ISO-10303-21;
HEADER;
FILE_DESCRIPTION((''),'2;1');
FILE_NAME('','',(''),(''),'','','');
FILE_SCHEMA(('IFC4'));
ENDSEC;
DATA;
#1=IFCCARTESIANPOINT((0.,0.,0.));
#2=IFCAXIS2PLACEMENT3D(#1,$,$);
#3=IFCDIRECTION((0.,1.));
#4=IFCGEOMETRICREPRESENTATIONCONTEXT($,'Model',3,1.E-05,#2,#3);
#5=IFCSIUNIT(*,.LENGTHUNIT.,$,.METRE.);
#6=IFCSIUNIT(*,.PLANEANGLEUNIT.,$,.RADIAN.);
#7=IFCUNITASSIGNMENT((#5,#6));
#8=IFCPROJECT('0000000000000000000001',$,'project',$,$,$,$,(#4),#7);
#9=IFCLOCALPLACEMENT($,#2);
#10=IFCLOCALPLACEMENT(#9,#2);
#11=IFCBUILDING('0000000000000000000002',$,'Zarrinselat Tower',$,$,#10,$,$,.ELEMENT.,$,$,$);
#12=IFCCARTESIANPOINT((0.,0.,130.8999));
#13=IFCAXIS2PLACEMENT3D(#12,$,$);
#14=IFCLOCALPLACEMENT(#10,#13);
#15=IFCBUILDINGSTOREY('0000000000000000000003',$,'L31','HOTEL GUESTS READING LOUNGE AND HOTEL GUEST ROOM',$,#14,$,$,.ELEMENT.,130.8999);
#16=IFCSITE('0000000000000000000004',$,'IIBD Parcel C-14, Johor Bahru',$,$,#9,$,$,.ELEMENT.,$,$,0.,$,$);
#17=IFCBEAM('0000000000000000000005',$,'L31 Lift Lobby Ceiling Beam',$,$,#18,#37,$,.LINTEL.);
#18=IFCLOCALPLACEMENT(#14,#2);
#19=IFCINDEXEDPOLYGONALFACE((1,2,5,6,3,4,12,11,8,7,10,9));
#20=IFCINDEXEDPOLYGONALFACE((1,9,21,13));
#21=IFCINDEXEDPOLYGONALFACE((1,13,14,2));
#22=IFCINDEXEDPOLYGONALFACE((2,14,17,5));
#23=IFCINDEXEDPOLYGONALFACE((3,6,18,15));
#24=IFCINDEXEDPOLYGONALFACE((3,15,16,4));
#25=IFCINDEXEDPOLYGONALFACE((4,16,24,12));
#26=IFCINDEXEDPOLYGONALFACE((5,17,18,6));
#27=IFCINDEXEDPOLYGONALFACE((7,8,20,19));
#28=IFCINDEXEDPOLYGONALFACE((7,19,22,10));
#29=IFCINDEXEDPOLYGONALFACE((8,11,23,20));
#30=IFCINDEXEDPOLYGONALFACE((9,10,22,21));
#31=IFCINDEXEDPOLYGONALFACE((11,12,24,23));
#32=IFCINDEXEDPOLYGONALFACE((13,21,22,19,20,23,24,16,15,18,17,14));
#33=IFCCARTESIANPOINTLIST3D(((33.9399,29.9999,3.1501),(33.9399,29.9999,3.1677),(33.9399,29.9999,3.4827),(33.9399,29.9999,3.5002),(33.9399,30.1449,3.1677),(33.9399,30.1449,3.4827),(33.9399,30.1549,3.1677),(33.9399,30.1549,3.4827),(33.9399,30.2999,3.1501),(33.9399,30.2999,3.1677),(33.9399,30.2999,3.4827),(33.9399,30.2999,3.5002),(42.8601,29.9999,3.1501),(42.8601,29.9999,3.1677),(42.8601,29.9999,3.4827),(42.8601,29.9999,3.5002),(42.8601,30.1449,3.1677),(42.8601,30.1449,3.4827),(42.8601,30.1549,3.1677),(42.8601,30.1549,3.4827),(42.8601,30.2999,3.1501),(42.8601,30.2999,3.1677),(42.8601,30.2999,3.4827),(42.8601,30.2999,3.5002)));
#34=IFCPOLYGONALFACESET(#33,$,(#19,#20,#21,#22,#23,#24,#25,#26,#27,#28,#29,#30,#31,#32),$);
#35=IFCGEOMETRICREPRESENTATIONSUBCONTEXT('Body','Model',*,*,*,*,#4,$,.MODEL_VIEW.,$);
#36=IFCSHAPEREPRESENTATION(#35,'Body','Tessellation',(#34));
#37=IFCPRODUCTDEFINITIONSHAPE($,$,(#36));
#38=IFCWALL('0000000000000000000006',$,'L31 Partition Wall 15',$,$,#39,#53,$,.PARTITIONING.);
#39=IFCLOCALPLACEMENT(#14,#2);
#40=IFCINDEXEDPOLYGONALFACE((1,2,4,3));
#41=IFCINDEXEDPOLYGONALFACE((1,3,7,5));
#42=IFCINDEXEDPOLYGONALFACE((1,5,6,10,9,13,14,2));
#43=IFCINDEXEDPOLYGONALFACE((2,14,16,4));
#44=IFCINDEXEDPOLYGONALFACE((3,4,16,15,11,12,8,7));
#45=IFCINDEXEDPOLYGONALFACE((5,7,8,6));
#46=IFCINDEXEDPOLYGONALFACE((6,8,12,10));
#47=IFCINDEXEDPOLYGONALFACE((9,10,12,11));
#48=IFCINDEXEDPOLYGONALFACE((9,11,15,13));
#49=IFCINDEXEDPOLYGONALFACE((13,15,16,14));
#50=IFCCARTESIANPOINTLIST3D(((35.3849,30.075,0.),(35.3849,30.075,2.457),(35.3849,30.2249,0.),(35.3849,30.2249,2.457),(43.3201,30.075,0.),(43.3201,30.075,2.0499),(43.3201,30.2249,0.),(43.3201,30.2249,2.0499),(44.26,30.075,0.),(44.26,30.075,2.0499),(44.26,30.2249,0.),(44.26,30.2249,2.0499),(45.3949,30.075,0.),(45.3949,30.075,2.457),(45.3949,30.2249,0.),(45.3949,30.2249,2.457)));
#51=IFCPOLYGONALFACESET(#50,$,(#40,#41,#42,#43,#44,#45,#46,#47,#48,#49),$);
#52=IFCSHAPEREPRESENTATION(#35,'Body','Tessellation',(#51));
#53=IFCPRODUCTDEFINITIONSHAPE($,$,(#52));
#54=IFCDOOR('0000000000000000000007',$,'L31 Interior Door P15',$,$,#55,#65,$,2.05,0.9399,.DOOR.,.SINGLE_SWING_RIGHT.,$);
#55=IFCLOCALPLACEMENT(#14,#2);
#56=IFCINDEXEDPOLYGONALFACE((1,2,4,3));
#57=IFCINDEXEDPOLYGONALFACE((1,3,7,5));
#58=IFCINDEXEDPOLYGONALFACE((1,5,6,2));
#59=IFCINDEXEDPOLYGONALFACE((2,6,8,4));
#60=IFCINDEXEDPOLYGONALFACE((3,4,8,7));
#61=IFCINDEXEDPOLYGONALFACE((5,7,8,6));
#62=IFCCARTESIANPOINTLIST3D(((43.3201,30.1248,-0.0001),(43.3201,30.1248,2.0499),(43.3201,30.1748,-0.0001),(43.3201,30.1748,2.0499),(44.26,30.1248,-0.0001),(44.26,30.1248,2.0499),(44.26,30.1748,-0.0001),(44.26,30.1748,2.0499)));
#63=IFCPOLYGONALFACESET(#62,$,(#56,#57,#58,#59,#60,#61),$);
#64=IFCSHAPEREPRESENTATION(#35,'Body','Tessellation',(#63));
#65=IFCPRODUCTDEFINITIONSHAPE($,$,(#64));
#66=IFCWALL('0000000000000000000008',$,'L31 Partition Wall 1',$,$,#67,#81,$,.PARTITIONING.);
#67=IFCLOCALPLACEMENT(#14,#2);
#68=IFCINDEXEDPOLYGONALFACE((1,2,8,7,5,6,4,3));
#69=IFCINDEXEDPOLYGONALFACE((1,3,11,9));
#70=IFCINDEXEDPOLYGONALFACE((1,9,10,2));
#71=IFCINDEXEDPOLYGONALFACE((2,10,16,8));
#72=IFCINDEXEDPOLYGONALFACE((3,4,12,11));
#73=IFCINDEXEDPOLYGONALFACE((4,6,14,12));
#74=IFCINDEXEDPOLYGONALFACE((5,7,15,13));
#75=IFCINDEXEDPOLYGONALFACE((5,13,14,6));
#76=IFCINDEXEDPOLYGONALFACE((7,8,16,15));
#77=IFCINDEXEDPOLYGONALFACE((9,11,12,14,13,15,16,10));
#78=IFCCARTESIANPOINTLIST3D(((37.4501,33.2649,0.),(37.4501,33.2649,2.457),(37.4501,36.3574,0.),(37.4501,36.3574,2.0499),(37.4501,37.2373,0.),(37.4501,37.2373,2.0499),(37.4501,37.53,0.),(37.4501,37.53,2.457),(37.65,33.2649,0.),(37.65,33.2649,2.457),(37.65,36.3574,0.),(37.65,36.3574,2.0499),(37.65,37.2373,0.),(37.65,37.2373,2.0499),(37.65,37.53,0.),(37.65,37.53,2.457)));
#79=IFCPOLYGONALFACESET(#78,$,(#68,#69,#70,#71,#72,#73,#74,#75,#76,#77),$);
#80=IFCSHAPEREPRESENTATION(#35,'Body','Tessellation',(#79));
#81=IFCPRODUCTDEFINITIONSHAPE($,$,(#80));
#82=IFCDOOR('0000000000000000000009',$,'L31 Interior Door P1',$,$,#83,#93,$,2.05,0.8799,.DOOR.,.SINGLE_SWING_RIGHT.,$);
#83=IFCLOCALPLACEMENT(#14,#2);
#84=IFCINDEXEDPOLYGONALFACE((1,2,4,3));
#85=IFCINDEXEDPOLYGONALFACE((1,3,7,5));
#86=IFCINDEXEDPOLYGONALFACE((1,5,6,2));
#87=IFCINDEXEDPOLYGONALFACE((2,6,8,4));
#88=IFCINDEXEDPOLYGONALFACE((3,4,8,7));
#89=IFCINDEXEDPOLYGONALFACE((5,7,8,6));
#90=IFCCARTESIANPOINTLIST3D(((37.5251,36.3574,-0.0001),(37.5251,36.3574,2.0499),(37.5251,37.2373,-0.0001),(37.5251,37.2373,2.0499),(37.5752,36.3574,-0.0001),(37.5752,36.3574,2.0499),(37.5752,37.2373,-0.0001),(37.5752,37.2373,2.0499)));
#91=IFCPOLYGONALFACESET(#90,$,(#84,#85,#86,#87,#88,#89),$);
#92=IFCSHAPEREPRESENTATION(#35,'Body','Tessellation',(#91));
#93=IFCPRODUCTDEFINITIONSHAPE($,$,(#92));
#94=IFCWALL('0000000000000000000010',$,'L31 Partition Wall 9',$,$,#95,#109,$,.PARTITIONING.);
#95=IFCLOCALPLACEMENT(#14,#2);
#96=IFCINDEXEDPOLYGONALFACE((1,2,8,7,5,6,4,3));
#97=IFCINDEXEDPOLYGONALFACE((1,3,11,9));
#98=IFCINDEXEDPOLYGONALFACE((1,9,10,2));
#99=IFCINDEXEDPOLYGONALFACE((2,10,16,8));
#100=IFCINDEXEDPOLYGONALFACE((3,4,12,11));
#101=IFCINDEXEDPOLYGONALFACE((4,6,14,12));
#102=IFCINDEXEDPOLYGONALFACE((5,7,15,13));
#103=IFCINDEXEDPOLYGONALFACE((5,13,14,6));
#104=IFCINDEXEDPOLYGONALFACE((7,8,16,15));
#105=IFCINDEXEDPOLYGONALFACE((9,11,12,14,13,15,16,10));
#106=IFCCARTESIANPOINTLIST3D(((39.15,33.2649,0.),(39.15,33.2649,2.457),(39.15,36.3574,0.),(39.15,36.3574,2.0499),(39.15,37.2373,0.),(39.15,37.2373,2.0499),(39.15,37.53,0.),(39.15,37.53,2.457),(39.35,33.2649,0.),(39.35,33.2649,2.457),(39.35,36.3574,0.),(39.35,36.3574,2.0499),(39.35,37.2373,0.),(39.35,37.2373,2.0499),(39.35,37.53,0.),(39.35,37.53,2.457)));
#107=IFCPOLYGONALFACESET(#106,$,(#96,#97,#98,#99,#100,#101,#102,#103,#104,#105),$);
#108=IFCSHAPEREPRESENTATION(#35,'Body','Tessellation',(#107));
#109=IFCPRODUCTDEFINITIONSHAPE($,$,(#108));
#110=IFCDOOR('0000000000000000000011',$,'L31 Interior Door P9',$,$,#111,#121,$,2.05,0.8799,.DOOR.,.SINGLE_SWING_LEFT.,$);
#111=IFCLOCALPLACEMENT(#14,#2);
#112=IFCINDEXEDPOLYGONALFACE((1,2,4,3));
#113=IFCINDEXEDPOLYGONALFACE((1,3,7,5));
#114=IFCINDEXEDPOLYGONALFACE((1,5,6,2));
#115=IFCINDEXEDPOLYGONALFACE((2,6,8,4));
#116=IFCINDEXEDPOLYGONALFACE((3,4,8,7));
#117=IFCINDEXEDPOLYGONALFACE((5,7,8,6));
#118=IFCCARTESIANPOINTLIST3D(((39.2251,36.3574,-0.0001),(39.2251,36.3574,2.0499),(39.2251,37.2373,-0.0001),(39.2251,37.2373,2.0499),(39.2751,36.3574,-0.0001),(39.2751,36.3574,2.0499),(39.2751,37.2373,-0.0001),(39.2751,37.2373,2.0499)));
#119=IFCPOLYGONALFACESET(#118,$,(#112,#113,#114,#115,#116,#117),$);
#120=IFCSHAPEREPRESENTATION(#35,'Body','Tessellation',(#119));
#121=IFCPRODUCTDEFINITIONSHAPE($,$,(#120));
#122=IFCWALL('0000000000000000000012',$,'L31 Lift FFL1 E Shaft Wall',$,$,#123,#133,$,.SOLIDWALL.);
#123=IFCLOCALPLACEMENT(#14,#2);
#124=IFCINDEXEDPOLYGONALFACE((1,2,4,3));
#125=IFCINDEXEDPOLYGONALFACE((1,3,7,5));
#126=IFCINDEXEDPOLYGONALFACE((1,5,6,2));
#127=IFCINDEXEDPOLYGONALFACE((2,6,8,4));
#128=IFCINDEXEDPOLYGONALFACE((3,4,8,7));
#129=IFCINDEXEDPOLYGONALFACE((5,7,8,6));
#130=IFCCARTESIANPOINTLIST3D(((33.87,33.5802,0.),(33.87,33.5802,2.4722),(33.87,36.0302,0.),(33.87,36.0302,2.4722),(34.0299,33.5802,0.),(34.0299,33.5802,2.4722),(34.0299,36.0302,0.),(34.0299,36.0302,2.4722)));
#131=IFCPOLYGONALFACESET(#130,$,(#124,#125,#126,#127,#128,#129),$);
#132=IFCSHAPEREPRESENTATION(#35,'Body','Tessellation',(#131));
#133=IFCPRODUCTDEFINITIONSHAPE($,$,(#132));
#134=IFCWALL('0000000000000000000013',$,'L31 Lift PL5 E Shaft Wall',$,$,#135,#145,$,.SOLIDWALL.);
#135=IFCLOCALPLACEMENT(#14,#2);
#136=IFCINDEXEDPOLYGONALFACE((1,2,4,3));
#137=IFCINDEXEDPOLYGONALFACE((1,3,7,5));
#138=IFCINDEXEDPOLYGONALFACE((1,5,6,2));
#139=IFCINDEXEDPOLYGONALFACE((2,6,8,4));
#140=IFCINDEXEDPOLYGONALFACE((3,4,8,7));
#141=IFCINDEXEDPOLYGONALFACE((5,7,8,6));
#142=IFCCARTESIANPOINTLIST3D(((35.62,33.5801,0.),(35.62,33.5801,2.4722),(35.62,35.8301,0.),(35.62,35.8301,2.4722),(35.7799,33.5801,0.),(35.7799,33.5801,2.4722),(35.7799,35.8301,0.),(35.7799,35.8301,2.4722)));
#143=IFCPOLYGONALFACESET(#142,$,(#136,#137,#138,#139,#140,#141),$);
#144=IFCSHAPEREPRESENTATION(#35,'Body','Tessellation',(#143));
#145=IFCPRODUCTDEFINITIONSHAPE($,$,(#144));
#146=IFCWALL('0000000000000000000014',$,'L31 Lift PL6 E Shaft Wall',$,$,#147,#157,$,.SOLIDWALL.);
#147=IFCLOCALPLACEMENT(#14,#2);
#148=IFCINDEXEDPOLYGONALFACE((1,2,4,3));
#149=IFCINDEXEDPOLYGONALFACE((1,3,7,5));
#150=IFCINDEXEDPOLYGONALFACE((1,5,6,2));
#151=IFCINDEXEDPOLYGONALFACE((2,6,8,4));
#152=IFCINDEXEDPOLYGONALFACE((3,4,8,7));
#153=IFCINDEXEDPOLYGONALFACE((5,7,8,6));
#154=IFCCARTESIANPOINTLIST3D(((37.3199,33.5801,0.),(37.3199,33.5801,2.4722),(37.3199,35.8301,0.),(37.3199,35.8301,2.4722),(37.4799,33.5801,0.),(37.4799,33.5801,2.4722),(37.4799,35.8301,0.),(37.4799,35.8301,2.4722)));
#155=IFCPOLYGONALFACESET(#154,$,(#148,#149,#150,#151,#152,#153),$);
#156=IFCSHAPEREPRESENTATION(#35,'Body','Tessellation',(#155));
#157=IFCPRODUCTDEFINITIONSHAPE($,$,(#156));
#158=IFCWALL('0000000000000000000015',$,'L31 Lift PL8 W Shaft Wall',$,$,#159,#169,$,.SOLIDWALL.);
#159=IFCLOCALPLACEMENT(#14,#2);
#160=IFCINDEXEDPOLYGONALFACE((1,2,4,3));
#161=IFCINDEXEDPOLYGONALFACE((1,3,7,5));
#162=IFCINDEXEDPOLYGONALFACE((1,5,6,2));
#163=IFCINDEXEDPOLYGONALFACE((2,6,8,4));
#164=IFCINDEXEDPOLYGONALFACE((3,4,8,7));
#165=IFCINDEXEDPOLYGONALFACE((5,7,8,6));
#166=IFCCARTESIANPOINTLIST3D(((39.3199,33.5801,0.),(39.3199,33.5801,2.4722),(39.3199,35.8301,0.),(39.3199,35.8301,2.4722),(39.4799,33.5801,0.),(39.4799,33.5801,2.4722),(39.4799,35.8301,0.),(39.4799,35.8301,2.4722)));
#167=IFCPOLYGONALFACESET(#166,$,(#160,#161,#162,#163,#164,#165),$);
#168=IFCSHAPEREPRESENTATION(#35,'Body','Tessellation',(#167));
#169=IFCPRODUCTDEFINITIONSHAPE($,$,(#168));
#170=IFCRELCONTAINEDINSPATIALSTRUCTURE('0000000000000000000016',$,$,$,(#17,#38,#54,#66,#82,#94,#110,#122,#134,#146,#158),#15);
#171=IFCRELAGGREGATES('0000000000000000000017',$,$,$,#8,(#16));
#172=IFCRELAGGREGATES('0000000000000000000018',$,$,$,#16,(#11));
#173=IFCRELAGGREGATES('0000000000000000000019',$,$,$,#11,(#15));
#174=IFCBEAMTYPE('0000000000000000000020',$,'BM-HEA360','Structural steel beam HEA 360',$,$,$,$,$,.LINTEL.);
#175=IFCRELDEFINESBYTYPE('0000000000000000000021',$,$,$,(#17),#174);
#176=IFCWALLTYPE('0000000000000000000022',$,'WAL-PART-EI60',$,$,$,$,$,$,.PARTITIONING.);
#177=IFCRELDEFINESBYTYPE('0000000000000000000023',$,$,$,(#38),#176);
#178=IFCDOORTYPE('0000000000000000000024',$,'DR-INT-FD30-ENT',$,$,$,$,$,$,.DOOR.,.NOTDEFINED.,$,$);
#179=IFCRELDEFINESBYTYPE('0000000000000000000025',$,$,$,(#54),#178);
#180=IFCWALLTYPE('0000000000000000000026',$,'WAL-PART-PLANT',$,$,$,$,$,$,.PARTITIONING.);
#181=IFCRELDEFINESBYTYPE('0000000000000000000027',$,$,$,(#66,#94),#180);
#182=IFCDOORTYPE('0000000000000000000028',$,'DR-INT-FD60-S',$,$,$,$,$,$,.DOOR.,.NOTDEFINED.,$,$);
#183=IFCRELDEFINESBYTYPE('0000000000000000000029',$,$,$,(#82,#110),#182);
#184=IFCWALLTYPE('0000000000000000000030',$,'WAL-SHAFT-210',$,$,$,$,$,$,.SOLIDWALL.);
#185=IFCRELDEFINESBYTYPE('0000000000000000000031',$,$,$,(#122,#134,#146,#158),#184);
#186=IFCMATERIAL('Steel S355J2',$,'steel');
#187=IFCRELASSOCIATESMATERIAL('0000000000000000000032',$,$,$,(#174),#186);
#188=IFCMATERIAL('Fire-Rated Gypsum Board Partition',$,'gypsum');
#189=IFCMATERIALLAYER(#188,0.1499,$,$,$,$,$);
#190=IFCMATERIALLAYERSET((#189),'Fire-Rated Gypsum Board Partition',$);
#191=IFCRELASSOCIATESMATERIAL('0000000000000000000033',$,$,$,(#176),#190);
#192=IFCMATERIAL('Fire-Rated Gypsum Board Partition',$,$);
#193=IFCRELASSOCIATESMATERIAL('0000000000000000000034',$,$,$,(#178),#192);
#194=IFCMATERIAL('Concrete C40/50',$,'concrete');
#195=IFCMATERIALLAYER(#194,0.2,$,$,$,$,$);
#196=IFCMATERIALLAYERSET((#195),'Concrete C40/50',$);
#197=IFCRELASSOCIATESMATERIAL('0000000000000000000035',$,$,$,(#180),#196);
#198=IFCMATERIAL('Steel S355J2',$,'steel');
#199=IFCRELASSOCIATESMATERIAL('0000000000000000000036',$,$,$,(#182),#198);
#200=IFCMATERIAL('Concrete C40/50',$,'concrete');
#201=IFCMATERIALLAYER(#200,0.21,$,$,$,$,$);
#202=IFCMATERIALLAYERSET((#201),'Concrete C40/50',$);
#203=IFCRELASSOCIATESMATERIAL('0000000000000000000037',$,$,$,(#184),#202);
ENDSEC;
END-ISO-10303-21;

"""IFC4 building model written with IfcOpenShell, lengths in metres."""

from ifc_helpers import new_model, si_unit, direction, frame, frame_2d, origin, origin_2d, place, context, subcontext, project, spatial, rectangle, i_section, extrude, material, layer, layer_set, material_profile, profile_set, type_object, element, fill, save


model = new_model("IFC4")

# Units and contexts
model_context = context("Model", 3, precision=1e-05, world=origin(), true_north=direction((0.0, 1.0)))
body_context = subcontext(model_context, "Body", "Model", "MODEL_VIEW")
ifc_project = project(units=[si_unit("LENGTHUNIT", "METRE"), si_unit("PLANEANGLEUNIT", "RADIAN")], contexts=[model_context])

# Site, building, storey
site_placement = place(None, origin())
site = spatial("IfcSite", under=ifc_project, at=site_placement, Name="IIBD Parcel C-14, Johor Bahru", CompositionType="ELEMENT", RefElevation=0.0)
building_placement = place(site_placement, origin())
building = spatial("IfcBuilding", under=site, at=building_placement, Name="Zarrinselat Tower", CompositionType="ELEMENT")
storey_placement = place(building_placement, frame((0.0, 0.0, 130.8999)))
storey = spatial("IfcBuildingStorey", under=building, at=storey_placement, Name="L31", Description="HOTEL GUESTS READING LOUNGE AND HOTEL GUEST ROOM", CompositionType="ELEMENT", Elevation=130.8999)

# Beam
ifc_material_1 = material(Name="Steel S355J2", Category="steel")
ifc_material_profile = material_profile(ifc_material_1, i_section(OverallWidth=0.3, OverallDepth=0.3501, WebThickness=0.01, FlangeThickness=0.0176, at=origin_2d()), Name="HEA 360")
ifc_profile_set = profile_set([ifc_material_profile], Name="Steel S355J2")
beam_type = type_object("IfcBeamType", Name="BM-HEA360", Description="Structural steel beam HEA 360", PredefinedType="LINTEL", material=ifc_profile_set)
beam_placement = place(storey_placement, frame((33.9399, 30.1499, 3.3252), z_axis=(1.0, 0.0, 0.0), x_axis=(0.0, 1.0, 0.0)))
element("IfcBeam", 1, at=beam_placement, inside=storey, type_object=beam_type, Name="L31 Lift Lobby Ceiling Beam", PredefinedType="LINTEL", context=body_context, shape_type="SweptSolid", body=[
    extrude(i_section(OverallWidth=0.3, OverallDepth=0.3501, WebThickness=0.01, FlangeThickness=0.0176, at=origin_2d()), origin(), (0.0, 0.0, 1.0), 8.9202),
])

# Walls, openings, doors
ifc_material_2 = material(Name="Fire-Rated Gypsum Board Partition", Category="gypsum")
ifc_layer_1 = layer(ifc_material_2, 0.1499)
ifc_layer_set_1 = layer_set([ifc_layer_1], Name="Fire-Rated Gypsum Board Partition")
wall_type_1 = type_object("IfcWallType", Name="WAL-PART-EI60", PredefinedType="PARTITIONING", material=ifc_layer_set_1)
wall_1_placement = place(storey_placement, frame((35.385, 30.1499, 0.0), z_axis=(0.0, 0.0, 1.0), x_axis=(1.0, 0.0, 0.0)))
wall_1 = element("IfcWall", 2, at=wall_1_placement, inside=storey, type_object=wall_type_1, Name="L31 Partition Wall 15", PredefinedType="PARTITIONING", context=body_context, shape_type="SweptSolid", body=[
    extrude(rectangle(XDim=10.01, YDim=0.1499, at=frame_2d((5.0049, 0.0))), origin(), (0.0, 0.0, 1.0), 2.457),
])
opening_1_placement = place(wall_1_placement, frame((7.9351, 0.0, 0.0)))
opening_1 = element("IfcOpeningElement", 3, at=opening_1_placement, cuts=wall_1, PredefinedType="OPENING", context=body_context, shape_type="SweptSolid", body=[
    extrude(rectangle(XDim=0.9399, YDim=2.05, at=frame_2d((0.47, 1.0249))), frame((0.0, 0.085, 0.0), z_axis=(0.0, -1.0, 0.0), x_axis=(1.0, 0.0, 0.0)), (0.0, 0.0, 1.0), 0.1699),
])
ifc_material_3 = material(Name="Fire-Rated Gypsum Board Partition")
door_type_1 = type_object("IfcDoorType", Name="DR-INT-FD30-ENT", OperationType="NOTDEFINED", PredefinedType="DOOR", material=ifc_material_3)
door_1_placement = place(opening_1_placement, origin())
door_1 = element("IfcDoor", 4, at=door_1_placement, inside=storey, type_object=door_type_1, Name="L31 Interior Door P15", OperationType="SINGLE_SWING_RIGHT", OverallHeight=2.05, OverallWidth=0.9399, PredefinedType="DOOR", context=body_context, shape_type="SweptSolid", body=[
    extrude(rectangle(XDim=0.9399, YDim=2.05, at=frame_2d((0.47, 1.0249))), frame((0.0, 0.0249, 0.0), z_axis=(0.0, -1.0, 0.0), x_axis=(1.0, 0.0, 0.0)), (0.0, 0.0, 1.0), 0.05),
])
fill(opening_1, door_1)
ifc_material_4 = material(Name="Concrete C40/50", Category="concrete")
ifc_layer_2 = layer(ifc_material_4, 0.2)
ifc_layer_set_2 = layer_set([ifc_layer_2], Name="Concrete C40/50")
wall_type_2 = type_object("IfcWallType", Name="WAL-PART-PLANT", PredefinedType="PARTITIONING", material=ifc_layer_set_2)
wall_2_placement = place(storey_placement, frame((37.55, 33.2649, 0.0), z_axis=(0.0, 0.0, 1.0), x_axis=(0.0, 1.0, 0.0)))
wall_2 = element("IfcWall", 5, at=wall_2_placement, inside=storey, type_object=wall_type_2, Name="L31 Partition Wall 1", PredefinedType="PARTITIONING", context=body_context, shape_type="SweptSolid", body=[
    extrude(rectangle(XDim=4.2651, YDim=0.2, at=frame_2d((2.1326, 0.0))), origin(), (0.0, 0.0, 1.0), 2.457),
])
opening_2_placement = place(wall_2_placement, frame((3.0925, 0.0, 0.0)))
opening_2 = element("IfcOpeningElement", 6, at=opening_2_placement, cuts=wall_2, PredefinedType="OPENING", context=body_context, shape_type="SweptSolid", body=[
    extrude(rectangle(XDim=0.8799, YDim=2.05, at=frame_2d((0.4399, 1.0249))), frame((0.0, 0.1099, 0.0), z_axis=(0.0, -1.0, 0.0), x_axis=(1.0, 0.0, 0.0)), (0.0, 0.0, 1.0), 0.22),
])
ifc_material_5 = material(Name="Steel S355J2", Category="steel")
door_type_2 = type_object("IfcDoorType", Name="DR-INT-FD60-S", OperationType="NOTDEFINED", PredefinedType="DOOR", material=ifc_material_5)
door_2_placement = place(opening_2_placement, origin())
door_2 = element("IfcDoor", 7, at=door_2_placement, inside=storey, type_object=door_type_2, Name="L31 Interior Door P1", OperationType="SINGLE_SWING_RIGHT", OverallHeight=2.05, OverallWidth=0.8799, PredefinedType="DOOR", context=body_context, shape_type="SweptSolid", body=[
    extrude(rectangle(XDim=0.8799, YDim=2.05, at=frame_2d((0.4399, 1.0249))), frame((0.0, 0.0249, 0.0), z_axis=(0.0, -1.0, 0.0), x_axis=(1.0, 0.0, 0.0)), (0.0, 0.0, 1.0), 0.05),
])
fill(opening_2, door_2)
wall_3_placement = place(storey_placement, frame((39.25, 33.2649, 0.0), z_axis=(0.0, 0.0, 1.0), x_axis=(0.0, 1.0, 0.0)))
wall_3 = element("IfcWall", 8, at=wall_3_placement, inside=storey, type_object=wall_type_2, Name="L31 Partition Wall 9", PredefinedType="PARTITIONING", context=body_context, shape_type="SweptSolid", body=[
    extrude(rectangle(XDim=4.2651, YDim=0.2, at=frame_2d((2.1326, 0.0))), origin(), (0.0, 0.0, 1.0), 2.457),
])
opening_3_placement = place(wall_3_placement, frame((3.0925, 0.0, 0.0)))
opening_3 = element("IfcOpeningElement", 9, at=opening_3_placement, cuts=wall_3, PredefinedType="OPENING", context=body_context, shape_type="SweptSolid", body=[
    extrude(rectangle(XDim=0.8799, YDim=2.05, at=frame_2d((0.4399, 1.0249))), frame((0.0, 0.1099, 0.0), z_axis=(0.0, -1.0, 0.0), x_axis=(1.0, 0.0, 0.0)), (0.0, 0.0, 1.0), 0.22),
])
door_3_placement = place(opening_3_placement, origin())
door_3 = element("IfcDoor", 10, at=door_3_placement, inside=storey, type_object=door_type_2, Name="L31 Interior Door P9", OperationType="SINGLE_SWING_LEFT", OverallHeight=2.05, OverallWidth=0.8799, PredefinedType="DOOR", context=body_context, shape_type="SweptSolid", body=[
    extrude(rectangle(XDim=0.8799, YDim=2.05, at=frame_2d((0.4399, 1.0249))), frame((0.0, 0.0249, 0.0), z_axis=(0.0, -1.0, 0.0), x_axis=(1.0, 0.0, 0.0)), (0.0, 0.0, 1.0), 0.05),
])
fill(opening_3, door_3)

# Walls
ifc_material_6 = material(Name="Concrete C40/50", Category="concrete")
ifc_layer_3 = layer(ifc_material_6, 0.21)
ifc_layer_set_3 = layer_set([ifc_layer_3], Name="Concrete C40/50")
wall_type_3 = type_object("IfcWallType", Name="WAL-SHAFT-210", PredefinedType="SOLIDWALL", material=ifc_layer_set_3)
wall_4_placement = place(storey_placement, frame((33.95, 33.5801, 0.0), z_axis=(0.0, 0.0, 1.0), x_axis=(0.0, 1.0, 0.0)))
element("IfcWall", 11, at=wall_4_placement, inside=storey, type_object=wall_type_3, Name="L31 Lift FFL1 E Shaft Wall", PredefinedType="SOLIDWALL", context=body_context, shape_type="SweptSolid", body=[
    extrude(rectangle(XDim=2.45, YDim=0.1599, at=frame_2d((1.2251, 0.0))), origin(), (0.0, 0.0, 1.0), 2.4722),
])
for number, where, z_axis, x_axis, name in (
    (12, (35.7, 33.5801, 0.0), (0.0, 0.0, 1.0), (0.0, 1.0, 0.0), "L31 Lift PL5 E Shaft Wall"),
    (13, (37.3999, 33.5801, 0.0), (0.0, 0.0, 1.0), (0.0, 1.0, 0.0), "L31 Lift PL6 E Shaft Wall"),
    (14, (39.3999, 33.5801, 0.0), (0.0, 0.0, 1.0), (0.0, 1.0, 0.0), "L31 Lift PL8 W Shaft Wall"),
):
    element("IfcWall", number, at=place(storey_placement, frame(where, z_axis=z_axis, x_axis=x_axis)), inside=storey, type_object=wall_type_3, Name=name, PredefinedType="SOLIDWALL", context=body_context, shape_type="SweptSolid", body=[
        extrude(rectangle(XDim=2.25, YDim=0.1599, at=frame_2d((1.125, 0.0))), origin(), (0.0, 0.0, 1.0), 2.4722),
    ])

save(model, "model.ifc")
